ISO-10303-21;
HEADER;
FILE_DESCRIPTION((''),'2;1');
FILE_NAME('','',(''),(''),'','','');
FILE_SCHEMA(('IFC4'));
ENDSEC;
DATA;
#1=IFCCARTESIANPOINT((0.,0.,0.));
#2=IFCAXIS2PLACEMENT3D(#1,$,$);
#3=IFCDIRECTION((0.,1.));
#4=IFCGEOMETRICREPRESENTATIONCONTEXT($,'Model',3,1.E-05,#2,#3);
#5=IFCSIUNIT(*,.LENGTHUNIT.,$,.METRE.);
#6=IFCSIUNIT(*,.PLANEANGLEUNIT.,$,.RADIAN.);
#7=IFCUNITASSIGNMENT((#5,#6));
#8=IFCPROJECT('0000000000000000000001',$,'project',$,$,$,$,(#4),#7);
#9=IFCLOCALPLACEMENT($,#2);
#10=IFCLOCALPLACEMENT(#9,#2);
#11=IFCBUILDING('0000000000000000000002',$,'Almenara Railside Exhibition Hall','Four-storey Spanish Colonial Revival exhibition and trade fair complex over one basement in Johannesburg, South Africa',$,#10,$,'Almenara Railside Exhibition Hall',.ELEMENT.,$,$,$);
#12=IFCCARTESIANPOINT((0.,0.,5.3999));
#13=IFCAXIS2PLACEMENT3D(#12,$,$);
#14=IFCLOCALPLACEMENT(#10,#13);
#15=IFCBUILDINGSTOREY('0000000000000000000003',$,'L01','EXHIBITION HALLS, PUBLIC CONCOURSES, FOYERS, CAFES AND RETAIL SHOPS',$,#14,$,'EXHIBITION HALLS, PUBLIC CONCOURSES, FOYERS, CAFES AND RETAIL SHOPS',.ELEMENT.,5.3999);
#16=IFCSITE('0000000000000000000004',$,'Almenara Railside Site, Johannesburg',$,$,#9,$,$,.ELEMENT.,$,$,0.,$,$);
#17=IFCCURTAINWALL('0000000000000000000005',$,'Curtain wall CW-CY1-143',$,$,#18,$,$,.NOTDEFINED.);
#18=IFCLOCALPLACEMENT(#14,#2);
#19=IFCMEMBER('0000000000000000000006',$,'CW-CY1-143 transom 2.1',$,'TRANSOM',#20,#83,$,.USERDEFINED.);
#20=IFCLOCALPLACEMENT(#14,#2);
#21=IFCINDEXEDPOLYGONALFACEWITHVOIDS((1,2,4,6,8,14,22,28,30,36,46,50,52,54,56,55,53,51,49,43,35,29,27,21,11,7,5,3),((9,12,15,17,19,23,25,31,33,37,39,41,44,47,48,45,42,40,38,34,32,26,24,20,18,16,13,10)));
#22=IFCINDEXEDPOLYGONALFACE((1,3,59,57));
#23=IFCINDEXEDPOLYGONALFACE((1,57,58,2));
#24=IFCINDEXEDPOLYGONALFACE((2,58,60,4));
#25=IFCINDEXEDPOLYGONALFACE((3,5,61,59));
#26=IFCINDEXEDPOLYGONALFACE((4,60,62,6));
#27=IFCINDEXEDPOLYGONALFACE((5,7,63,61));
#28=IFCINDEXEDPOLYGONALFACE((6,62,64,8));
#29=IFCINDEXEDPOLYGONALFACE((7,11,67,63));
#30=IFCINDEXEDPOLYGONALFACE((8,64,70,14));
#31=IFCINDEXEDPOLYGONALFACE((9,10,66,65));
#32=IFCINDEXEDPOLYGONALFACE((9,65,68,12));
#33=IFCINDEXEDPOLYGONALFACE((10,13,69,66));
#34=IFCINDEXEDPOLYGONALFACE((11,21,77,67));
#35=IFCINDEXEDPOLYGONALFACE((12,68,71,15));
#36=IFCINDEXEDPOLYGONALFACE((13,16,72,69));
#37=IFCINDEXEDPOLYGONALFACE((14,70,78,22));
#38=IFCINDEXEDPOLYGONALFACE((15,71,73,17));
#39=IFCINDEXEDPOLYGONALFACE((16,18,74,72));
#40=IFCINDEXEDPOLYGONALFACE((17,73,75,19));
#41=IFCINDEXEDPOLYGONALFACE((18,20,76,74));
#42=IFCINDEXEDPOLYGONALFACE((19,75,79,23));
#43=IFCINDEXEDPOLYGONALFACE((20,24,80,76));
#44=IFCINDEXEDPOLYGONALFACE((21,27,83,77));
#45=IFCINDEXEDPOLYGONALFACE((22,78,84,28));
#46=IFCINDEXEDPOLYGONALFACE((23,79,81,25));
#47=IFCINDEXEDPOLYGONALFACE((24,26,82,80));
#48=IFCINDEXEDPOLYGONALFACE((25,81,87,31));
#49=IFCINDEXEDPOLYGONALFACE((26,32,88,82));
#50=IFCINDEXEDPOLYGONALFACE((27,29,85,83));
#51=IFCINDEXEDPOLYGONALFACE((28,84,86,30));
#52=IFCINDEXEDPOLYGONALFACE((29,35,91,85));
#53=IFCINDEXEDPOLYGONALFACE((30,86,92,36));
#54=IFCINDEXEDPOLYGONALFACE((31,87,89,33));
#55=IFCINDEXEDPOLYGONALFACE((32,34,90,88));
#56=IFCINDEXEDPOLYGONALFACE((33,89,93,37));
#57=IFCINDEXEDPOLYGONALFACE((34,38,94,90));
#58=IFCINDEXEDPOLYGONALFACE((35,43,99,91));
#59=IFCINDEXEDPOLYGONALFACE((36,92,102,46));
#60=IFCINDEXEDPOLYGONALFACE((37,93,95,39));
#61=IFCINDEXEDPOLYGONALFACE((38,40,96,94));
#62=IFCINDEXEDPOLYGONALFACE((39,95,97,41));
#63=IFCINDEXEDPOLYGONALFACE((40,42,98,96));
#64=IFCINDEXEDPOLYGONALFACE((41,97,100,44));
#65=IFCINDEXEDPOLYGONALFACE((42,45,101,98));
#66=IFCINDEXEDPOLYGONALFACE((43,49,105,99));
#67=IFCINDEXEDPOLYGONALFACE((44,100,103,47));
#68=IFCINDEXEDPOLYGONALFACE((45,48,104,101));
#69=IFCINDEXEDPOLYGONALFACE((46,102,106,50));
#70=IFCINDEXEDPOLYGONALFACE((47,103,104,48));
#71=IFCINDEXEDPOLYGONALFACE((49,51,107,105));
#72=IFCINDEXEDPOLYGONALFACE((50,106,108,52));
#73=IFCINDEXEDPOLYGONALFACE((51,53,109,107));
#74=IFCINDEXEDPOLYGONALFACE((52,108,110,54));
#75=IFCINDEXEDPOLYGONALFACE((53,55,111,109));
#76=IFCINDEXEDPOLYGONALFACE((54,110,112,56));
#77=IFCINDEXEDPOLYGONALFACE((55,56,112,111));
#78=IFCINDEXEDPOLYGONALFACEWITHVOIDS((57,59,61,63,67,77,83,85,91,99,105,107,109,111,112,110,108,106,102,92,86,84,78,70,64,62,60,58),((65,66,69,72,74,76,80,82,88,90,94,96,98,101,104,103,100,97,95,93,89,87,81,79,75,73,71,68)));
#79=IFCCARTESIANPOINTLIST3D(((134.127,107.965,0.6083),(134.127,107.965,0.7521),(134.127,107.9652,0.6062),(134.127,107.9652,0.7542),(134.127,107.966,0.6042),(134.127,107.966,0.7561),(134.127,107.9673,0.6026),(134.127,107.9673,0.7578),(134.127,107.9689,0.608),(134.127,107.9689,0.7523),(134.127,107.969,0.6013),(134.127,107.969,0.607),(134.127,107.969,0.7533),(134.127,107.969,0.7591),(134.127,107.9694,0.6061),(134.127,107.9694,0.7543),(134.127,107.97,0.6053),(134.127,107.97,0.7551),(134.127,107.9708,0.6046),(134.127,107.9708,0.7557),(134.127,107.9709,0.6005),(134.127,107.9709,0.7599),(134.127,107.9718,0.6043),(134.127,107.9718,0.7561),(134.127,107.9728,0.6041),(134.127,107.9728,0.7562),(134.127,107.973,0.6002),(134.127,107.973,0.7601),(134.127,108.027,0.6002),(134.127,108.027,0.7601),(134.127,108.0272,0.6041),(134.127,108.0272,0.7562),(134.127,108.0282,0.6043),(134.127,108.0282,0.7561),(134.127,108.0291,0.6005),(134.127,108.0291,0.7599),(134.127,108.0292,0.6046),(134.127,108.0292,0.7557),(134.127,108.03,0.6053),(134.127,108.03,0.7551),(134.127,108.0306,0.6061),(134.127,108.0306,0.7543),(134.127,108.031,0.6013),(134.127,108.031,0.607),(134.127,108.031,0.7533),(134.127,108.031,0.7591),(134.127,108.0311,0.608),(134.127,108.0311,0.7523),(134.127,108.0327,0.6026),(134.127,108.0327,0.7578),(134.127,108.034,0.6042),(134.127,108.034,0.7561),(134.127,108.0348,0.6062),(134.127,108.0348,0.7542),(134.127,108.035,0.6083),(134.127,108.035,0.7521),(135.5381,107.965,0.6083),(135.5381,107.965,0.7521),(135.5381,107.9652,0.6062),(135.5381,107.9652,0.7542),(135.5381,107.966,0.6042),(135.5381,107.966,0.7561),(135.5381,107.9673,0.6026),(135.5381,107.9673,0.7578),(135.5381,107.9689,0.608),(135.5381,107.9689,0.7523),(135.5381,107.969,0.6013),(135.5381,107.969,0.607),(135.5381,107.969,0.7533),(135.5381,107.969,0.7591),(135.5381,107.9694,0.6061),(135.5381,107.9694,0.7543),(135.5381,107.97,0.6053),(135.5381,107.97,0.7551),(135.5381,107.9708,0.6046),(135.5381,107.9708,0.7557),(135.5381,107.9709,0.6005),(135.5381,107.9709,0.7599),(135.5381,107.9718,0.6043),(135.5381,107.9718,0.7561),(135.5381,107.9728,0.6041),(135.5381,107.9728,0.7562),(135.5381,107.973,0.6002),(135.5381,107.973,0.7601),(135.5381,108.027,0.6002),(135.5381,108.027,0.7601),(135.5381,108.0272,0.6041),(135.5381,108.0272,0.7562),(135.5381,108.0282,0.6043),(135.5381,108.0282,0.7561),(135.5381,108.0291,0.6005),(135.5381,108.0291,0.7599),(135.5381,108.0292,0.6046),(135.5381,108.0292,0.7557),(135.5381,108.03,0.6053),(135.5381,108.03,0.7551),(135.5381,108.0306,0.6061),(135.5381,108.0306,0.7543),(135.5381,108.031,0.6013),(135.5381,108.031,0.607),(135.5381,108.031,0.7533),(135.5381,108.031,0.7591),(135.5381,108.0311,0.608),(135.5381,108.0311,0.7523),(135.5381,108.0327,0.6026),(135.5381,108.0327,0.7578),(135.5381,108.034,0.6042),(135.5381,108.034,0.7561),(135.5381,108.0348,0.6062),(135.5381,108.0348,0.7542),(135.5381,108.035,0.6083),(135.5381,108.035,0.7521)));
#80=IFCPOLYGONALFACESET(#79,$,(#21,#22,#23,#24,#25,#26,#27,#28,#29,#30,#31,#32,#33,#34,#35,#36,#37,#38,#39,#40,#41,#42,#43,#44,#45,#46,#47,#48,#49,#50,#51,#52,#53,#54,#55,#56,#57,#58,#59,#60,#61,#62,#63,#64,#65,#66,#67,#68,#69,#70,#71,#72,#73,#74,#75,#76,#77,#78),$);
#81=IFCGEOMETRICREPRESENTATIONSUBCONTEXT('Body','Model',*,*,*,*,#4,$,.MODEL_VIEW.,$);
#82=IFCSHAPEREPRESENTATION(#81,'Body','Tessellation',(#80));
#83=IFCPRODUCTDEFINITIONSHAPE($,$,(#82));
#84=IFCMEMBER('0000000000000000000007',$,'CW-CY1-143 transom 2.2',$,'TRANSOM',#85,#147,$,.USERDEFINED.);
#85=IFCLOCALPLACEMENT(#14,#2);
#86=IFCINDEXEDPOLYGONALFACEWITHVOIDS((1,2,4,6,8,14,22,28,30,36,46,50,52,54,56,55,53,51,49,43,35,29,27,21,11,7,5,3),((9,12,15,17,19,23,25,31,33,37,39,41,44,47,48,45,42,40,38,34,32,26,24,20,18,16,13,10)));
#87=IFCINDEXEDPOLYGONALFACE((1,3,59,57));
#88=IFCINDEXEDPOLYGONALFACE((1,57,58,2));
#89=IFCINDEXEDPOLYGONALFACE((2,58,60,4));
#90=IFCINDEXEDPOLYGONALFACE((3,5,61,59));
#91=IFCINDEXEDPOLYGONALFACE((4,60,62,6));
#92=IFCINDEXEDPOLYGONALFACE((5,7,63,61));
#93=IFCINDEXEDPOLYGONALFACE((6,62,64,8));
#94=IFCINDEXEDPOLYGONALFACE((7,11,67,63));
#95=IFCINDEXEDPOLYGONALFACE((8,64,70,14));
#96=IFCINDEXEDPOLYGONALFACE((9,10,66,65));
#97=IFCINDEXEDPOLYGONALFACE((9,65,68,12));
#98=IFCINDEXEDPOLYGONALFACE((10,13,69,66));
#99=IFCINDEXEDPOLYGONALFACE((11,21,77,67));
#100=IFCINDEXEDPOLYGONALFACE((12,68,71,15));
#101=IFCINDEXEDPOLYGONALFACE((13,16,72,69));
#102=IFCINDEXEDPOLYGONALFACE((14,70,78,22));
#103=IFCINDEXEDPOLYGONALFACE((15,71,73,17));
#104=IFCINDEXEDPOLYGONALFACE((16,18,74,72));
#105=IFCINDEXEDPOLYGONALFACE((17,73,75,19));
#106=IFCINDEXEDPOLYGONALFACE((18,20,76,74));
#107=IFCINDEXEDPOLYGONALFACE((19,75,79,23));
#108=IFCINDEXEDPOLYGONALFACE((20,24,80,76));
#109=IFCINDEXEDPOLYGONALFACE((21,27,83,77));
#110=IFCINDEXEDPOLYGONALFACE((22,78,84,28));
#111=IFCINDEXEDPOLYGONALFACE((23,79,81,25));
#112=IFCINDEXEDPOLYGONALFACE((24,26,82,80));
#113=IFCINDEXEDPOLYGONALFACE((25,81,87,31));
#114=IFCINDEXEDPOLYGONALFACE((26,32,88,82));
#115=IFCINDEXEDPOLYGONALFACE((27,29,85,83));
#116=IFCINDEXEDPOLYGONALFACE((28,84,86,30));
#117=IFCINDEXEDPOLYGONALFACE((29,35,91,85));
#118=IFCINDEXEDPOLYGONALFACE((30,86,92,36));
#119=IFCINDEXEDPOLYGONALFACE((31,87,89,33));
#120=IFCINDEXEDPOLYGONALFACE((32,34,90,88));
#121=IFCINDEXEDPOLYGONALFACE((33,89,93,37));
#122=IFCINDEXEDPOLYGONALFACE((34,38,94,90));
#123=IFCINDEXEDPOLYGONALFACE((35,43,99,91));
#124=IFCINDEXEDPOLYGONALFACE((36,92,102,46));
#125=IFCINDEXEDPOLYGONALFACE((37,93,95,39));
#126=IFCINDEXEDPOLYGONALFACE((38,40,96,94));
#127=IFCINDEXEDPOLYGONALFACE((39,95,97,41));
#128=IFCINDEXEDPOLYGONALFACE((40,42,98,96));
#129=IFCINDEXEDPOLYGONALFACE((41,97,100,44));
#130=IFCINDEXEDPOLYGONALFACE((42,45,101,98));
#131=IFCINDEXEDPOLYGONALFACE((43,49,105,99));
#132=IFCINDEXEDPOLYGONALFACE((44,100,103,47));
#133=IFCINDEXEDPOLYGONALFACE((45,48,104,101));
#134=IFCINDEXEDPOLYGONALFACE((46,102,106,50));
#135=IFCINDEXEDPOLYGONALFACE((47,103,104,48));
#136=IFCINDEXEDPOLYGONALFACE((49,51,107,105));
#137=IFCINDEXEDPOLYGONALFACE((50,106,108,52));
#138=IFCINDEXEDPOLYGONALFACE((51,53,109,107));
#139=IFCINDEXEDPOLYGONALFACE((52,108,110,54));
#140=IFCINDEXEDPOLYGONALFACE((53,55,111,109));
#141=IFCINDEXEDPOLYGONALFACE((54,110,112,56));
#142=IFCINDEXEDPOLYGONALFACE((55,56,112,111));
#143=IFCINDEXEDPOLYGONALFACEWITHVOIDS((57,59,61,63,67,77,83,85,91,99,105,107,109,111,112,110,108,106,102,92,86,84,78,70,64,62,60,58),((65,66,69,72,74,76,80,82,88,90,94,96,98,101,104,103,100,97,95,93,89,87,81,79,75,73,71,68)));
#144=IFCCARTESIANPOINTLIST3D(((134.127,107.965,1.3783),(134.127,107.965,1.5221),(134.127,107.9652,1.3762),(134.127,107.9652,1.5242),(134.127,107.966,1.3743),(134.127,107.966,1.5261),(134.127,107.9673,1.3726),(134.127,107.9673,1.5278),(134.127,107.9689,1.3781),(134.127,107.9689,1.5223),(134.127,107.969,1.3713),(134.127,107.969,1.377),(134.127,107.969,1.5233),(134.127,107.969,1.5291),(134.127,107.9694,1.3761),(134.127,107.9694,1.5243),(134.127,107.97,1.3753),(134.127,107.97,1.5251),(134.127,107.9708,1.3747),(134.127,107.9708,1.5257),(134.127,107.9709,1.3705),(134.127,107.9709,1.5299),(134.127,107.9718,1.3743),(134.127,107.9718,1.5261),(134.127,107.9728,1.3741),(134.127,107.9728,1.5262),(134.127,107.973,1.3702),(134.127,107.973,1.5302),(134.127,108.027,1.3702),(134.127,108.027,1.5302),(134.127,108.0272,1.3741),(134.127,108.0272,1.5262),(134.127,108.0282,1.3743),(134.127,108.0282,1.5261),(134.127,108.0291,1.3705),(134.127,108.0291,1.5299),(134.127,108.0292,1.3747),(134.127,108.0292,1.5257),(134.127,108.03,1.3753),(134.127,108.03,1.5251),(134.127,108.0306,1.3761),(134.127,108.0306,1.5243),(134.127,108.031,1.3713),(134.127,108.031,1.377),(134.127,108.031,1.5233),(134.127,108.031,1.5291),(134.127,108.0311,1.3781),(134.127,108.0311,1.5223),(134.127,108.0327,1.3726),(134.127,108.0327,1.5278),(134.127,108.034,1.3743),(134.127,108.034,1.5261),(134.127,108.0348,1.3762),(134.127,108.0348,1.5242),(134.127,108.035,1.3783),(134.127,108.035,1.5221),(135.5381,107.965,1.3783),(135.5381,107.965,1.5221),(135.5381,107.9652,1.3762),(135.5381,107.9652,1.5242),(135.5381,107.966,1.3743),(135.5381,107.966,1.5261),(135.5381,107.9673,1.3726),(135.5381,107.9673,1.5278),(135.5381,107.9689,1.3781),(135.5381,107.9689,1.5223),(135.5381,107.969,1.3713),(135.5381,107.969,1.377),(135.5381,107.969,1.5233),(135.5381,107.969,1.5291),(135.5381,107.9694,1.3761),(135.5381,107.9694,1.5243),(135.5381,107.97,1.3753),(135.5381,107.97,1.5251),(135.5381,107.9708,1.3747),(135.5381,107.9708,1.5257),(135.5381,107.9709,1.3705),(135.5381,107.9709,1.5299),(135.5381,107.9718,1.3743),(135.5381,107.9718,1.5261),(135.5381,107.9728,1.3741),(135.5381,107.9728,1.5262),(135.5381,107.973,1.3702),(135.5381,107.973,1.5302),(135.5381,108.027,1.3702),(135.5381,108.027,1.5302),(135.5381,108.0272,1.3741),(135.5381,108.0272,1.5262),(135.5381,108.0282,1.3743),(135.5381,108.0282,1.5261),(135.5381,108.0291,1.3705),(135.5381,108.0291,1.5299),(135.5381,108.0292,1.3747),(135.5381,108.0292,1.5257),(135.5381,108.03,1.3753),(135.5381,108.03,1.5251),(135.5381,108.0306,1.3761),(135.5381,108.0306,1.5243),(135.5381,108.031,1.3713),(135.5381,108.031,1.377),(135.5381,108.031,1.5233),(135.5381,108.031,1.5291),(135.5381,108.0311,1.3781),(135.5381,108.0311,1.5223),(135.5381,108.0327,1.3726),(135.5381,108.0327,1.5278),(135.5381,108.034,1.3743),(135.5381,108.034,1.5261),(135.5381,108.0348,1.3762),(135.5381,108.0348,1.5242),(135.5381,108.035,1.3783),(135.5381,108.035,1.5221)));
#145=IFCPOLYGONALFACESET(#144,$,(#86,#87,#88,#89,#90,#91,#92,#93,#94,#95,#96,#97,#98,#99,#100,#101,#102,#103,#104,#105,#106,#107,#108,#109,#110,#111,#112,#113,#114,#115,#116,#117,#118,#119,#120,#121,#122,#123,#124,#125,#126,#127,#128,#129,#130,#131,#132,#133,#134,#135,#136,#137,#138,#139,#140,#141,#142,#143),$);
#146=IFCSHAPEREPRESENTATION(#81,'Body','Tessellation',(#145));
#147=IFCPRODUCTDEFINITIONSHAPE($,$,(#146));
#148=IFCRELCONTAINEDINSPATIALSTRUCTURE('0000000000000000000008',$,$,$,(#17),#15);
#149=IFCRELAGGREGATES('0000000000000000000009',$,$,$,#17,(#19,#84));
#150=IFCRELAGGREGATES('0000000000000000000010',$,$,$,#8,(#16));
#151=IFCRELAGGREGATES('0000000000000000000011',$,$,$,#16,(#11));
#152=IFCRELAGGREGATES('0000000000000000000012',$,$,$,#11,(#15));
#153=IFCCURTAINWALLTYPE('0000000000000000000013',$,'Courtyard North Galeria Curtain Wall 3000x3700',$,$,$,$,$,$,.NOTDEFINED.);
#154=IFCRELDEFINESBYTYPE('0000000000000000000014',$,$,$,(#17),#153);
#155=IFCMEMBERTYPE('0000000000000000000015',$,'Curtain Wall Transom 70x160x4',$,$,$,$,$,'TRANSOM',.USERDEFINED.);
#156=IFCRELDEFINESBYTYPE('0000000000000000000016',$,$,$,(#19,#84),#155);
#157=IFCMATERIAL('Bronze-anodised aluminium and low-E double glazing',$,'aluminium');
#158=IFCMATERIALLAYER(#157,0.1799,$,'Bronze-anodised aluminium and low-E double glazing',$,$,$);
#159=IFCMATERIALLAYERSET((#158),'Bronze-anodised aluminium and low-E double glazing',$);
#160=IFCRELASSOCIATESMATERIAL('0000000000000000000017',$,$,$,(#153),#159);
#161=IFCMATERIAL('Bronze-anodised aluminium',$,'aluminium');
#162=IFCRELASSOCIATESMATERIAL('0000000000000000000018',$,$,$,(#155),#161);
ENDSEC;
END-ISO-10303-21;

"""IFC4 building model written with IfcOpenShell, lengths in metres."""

from ifc_helpers import new_model, si_unit, direction, frame, origin, origin_2d, place, context, subcontext, project, spatial, hollow_rectangle, extrude, material, layer, layer_set, material_profile, profile_set, type_object, element, aggregate, save


model = new_model("IFC4")

# Units and contexts
model_context = context("Model", 3, precision=1e-05, world=origin(), true_north=direction((0.0, 1.0)))
body_context = subcontext(model_context, "Body", "Model", "MODEL_VIEW")
ifc_project = project(units=[si_unit("LENGTHUNIT", "METRE"), si_unit("PLANEANGLEUNIT", "RADIAN")], contexts=[model_context])

# Site, building, storey
site_placement = place(None, origin())
site = spatial("IfcSite", under=ifc_project, at=site_placement, Name="Almenara Railside Site, Johannesburg", CompositionType="ELEMENT", RefElevation=0.0)
building_placement = place(site_placement, origin())
building = spatial("IfcBuilding", under=site, at=building_placement, Name="Almenara Railside Exhibition Hall", Description="Four-storey Spanish Colonial Revival exhibition and trade fair complex over one basement in Johannesburg, South Africa", LongName="Almenara Railside Exhibition Hall", CompositionType="ELEMENT")
storey_placement = place(building_placement, frame((0.0, 0.0, 5.3999)))
storey = spatial("IfcBuildingStorey", under=building, at=storey_placement, Name="L01", Description="EXHIBITION HALLS, PUBLIC CONCOURSES, FOYERS, CAFES AND RETAIL SHOPS", LongName="EXHIBITION HALLS, PUBLIC CONCOURSES, FOYERS, CAFES AND RETAIL SHOPS", CompositionType="ELEMENT", Elevation=5.3999)

# Shared definitions
ifc_material_1 = material(Name="Bronze-anodised aluminium and low-E double glazing", Category="aluminium")
ifc_layer_1 = layer(ifc_material_1, 0.1799, Name="Bronze-anodised aluminium and low-E double glazing")
ifc_layer_set_1 = layer_set([ifc_layer_1], Name="Bronze-anodised aluminium and low-E double glazing")
curtain_wall_type = type_object("IfcCurtainWallType", Name="Courtyard North Galeria Curtain Wall 3000x3700", PredefinedType="NOTDEFINED", material=ifc_layer_set_1)
ifc_material_2 = material(Name="Bronze-anodised aluminium", Category="aluminium")

# Curtain wall
curtain_wall_1_placement = place(storey_placement, origin())
curtain_wall_1 = element("IfcCurtainWall", 1, at=curtain_wall_1_placement, inside=storey, type_object=curtain_wall_type, Name="Curtain wall CW-CY1-143", PredefinedType="NOTDEFINED")

# Members
ifc_material_profile_1 = material_profile(ifc_material_2, hollow_rectangle(XDim=0.0701, YDim=0.1599, WallThickness=0.0039, InnerFilletRadius=0.0039, OuterFilletRadius=0.0081, at=origin_2d()), Name="ALU-TRN 70x160x4")
ifc_profile_set_1 = profile_set([ifc_material_profile_1], Name="Bronze-anodised aluminium")
member_type_1 = type_object("IfcMemberType", Name="Curtain Wall Transom 70x160x4", ElementType="TRANSOM", PredefinedType="USERDEFINED", material=ifc_profile_set_1)
member_1_placement = place(storey_placement, frame((134.127, 108.0, 0.6802), z_axis=(1.0, 0.0, 0.0), x_axis=(0.0, 1.0, 0.0)))
member_1 = element("IfcMember", 2, at=member_1_placement, type_object=member_type_1, Name="CW-CY1-143 transom 2.1", ObjectType="TRANSOM", PredefinedType="USERDEFINED", context=body_context, shape_type="SweptSolid", body=[
    extrude(hollow_rectangle(XDim=0.0701, YDim=0.1599, WallThickness=0.0039, InnerFilletRadius=0.0039, OuterFilletRadius=0.0081, at=origin_2d()), origin(), (0.0, 0.0, 1.0), 1.4111),
])
member_2_placement = place(storey_placement, frame((134.127, 108.0, 1.4502), z_axis=(1.0, 0.0, 0.0), x_axis=(0.0, 1.0, 0.0)))
member_2 = element("IfcMember", 3, at=member_2_placement, type_object=member_type_1, Name="CW-CY1-143 transom 2.2", ObjectType="TRANSOM", PredefinedType="USERDEFINED", context=body_context, shape_type="SweptSolid", body=[
    extrude(hollow_rectangle(XDim=0.0701, YDim=0.1599, WallThickness=0.0039, InnerFilletRadius=0.0039, OuterFilletRadius=0.0081, at=origin_2d()), origin(), (0.0, 0.0, 1.0), 1.4111),
])

aggregate(curtain_wall_1, [member_1, member_2])

save(model, "model.ifc")
